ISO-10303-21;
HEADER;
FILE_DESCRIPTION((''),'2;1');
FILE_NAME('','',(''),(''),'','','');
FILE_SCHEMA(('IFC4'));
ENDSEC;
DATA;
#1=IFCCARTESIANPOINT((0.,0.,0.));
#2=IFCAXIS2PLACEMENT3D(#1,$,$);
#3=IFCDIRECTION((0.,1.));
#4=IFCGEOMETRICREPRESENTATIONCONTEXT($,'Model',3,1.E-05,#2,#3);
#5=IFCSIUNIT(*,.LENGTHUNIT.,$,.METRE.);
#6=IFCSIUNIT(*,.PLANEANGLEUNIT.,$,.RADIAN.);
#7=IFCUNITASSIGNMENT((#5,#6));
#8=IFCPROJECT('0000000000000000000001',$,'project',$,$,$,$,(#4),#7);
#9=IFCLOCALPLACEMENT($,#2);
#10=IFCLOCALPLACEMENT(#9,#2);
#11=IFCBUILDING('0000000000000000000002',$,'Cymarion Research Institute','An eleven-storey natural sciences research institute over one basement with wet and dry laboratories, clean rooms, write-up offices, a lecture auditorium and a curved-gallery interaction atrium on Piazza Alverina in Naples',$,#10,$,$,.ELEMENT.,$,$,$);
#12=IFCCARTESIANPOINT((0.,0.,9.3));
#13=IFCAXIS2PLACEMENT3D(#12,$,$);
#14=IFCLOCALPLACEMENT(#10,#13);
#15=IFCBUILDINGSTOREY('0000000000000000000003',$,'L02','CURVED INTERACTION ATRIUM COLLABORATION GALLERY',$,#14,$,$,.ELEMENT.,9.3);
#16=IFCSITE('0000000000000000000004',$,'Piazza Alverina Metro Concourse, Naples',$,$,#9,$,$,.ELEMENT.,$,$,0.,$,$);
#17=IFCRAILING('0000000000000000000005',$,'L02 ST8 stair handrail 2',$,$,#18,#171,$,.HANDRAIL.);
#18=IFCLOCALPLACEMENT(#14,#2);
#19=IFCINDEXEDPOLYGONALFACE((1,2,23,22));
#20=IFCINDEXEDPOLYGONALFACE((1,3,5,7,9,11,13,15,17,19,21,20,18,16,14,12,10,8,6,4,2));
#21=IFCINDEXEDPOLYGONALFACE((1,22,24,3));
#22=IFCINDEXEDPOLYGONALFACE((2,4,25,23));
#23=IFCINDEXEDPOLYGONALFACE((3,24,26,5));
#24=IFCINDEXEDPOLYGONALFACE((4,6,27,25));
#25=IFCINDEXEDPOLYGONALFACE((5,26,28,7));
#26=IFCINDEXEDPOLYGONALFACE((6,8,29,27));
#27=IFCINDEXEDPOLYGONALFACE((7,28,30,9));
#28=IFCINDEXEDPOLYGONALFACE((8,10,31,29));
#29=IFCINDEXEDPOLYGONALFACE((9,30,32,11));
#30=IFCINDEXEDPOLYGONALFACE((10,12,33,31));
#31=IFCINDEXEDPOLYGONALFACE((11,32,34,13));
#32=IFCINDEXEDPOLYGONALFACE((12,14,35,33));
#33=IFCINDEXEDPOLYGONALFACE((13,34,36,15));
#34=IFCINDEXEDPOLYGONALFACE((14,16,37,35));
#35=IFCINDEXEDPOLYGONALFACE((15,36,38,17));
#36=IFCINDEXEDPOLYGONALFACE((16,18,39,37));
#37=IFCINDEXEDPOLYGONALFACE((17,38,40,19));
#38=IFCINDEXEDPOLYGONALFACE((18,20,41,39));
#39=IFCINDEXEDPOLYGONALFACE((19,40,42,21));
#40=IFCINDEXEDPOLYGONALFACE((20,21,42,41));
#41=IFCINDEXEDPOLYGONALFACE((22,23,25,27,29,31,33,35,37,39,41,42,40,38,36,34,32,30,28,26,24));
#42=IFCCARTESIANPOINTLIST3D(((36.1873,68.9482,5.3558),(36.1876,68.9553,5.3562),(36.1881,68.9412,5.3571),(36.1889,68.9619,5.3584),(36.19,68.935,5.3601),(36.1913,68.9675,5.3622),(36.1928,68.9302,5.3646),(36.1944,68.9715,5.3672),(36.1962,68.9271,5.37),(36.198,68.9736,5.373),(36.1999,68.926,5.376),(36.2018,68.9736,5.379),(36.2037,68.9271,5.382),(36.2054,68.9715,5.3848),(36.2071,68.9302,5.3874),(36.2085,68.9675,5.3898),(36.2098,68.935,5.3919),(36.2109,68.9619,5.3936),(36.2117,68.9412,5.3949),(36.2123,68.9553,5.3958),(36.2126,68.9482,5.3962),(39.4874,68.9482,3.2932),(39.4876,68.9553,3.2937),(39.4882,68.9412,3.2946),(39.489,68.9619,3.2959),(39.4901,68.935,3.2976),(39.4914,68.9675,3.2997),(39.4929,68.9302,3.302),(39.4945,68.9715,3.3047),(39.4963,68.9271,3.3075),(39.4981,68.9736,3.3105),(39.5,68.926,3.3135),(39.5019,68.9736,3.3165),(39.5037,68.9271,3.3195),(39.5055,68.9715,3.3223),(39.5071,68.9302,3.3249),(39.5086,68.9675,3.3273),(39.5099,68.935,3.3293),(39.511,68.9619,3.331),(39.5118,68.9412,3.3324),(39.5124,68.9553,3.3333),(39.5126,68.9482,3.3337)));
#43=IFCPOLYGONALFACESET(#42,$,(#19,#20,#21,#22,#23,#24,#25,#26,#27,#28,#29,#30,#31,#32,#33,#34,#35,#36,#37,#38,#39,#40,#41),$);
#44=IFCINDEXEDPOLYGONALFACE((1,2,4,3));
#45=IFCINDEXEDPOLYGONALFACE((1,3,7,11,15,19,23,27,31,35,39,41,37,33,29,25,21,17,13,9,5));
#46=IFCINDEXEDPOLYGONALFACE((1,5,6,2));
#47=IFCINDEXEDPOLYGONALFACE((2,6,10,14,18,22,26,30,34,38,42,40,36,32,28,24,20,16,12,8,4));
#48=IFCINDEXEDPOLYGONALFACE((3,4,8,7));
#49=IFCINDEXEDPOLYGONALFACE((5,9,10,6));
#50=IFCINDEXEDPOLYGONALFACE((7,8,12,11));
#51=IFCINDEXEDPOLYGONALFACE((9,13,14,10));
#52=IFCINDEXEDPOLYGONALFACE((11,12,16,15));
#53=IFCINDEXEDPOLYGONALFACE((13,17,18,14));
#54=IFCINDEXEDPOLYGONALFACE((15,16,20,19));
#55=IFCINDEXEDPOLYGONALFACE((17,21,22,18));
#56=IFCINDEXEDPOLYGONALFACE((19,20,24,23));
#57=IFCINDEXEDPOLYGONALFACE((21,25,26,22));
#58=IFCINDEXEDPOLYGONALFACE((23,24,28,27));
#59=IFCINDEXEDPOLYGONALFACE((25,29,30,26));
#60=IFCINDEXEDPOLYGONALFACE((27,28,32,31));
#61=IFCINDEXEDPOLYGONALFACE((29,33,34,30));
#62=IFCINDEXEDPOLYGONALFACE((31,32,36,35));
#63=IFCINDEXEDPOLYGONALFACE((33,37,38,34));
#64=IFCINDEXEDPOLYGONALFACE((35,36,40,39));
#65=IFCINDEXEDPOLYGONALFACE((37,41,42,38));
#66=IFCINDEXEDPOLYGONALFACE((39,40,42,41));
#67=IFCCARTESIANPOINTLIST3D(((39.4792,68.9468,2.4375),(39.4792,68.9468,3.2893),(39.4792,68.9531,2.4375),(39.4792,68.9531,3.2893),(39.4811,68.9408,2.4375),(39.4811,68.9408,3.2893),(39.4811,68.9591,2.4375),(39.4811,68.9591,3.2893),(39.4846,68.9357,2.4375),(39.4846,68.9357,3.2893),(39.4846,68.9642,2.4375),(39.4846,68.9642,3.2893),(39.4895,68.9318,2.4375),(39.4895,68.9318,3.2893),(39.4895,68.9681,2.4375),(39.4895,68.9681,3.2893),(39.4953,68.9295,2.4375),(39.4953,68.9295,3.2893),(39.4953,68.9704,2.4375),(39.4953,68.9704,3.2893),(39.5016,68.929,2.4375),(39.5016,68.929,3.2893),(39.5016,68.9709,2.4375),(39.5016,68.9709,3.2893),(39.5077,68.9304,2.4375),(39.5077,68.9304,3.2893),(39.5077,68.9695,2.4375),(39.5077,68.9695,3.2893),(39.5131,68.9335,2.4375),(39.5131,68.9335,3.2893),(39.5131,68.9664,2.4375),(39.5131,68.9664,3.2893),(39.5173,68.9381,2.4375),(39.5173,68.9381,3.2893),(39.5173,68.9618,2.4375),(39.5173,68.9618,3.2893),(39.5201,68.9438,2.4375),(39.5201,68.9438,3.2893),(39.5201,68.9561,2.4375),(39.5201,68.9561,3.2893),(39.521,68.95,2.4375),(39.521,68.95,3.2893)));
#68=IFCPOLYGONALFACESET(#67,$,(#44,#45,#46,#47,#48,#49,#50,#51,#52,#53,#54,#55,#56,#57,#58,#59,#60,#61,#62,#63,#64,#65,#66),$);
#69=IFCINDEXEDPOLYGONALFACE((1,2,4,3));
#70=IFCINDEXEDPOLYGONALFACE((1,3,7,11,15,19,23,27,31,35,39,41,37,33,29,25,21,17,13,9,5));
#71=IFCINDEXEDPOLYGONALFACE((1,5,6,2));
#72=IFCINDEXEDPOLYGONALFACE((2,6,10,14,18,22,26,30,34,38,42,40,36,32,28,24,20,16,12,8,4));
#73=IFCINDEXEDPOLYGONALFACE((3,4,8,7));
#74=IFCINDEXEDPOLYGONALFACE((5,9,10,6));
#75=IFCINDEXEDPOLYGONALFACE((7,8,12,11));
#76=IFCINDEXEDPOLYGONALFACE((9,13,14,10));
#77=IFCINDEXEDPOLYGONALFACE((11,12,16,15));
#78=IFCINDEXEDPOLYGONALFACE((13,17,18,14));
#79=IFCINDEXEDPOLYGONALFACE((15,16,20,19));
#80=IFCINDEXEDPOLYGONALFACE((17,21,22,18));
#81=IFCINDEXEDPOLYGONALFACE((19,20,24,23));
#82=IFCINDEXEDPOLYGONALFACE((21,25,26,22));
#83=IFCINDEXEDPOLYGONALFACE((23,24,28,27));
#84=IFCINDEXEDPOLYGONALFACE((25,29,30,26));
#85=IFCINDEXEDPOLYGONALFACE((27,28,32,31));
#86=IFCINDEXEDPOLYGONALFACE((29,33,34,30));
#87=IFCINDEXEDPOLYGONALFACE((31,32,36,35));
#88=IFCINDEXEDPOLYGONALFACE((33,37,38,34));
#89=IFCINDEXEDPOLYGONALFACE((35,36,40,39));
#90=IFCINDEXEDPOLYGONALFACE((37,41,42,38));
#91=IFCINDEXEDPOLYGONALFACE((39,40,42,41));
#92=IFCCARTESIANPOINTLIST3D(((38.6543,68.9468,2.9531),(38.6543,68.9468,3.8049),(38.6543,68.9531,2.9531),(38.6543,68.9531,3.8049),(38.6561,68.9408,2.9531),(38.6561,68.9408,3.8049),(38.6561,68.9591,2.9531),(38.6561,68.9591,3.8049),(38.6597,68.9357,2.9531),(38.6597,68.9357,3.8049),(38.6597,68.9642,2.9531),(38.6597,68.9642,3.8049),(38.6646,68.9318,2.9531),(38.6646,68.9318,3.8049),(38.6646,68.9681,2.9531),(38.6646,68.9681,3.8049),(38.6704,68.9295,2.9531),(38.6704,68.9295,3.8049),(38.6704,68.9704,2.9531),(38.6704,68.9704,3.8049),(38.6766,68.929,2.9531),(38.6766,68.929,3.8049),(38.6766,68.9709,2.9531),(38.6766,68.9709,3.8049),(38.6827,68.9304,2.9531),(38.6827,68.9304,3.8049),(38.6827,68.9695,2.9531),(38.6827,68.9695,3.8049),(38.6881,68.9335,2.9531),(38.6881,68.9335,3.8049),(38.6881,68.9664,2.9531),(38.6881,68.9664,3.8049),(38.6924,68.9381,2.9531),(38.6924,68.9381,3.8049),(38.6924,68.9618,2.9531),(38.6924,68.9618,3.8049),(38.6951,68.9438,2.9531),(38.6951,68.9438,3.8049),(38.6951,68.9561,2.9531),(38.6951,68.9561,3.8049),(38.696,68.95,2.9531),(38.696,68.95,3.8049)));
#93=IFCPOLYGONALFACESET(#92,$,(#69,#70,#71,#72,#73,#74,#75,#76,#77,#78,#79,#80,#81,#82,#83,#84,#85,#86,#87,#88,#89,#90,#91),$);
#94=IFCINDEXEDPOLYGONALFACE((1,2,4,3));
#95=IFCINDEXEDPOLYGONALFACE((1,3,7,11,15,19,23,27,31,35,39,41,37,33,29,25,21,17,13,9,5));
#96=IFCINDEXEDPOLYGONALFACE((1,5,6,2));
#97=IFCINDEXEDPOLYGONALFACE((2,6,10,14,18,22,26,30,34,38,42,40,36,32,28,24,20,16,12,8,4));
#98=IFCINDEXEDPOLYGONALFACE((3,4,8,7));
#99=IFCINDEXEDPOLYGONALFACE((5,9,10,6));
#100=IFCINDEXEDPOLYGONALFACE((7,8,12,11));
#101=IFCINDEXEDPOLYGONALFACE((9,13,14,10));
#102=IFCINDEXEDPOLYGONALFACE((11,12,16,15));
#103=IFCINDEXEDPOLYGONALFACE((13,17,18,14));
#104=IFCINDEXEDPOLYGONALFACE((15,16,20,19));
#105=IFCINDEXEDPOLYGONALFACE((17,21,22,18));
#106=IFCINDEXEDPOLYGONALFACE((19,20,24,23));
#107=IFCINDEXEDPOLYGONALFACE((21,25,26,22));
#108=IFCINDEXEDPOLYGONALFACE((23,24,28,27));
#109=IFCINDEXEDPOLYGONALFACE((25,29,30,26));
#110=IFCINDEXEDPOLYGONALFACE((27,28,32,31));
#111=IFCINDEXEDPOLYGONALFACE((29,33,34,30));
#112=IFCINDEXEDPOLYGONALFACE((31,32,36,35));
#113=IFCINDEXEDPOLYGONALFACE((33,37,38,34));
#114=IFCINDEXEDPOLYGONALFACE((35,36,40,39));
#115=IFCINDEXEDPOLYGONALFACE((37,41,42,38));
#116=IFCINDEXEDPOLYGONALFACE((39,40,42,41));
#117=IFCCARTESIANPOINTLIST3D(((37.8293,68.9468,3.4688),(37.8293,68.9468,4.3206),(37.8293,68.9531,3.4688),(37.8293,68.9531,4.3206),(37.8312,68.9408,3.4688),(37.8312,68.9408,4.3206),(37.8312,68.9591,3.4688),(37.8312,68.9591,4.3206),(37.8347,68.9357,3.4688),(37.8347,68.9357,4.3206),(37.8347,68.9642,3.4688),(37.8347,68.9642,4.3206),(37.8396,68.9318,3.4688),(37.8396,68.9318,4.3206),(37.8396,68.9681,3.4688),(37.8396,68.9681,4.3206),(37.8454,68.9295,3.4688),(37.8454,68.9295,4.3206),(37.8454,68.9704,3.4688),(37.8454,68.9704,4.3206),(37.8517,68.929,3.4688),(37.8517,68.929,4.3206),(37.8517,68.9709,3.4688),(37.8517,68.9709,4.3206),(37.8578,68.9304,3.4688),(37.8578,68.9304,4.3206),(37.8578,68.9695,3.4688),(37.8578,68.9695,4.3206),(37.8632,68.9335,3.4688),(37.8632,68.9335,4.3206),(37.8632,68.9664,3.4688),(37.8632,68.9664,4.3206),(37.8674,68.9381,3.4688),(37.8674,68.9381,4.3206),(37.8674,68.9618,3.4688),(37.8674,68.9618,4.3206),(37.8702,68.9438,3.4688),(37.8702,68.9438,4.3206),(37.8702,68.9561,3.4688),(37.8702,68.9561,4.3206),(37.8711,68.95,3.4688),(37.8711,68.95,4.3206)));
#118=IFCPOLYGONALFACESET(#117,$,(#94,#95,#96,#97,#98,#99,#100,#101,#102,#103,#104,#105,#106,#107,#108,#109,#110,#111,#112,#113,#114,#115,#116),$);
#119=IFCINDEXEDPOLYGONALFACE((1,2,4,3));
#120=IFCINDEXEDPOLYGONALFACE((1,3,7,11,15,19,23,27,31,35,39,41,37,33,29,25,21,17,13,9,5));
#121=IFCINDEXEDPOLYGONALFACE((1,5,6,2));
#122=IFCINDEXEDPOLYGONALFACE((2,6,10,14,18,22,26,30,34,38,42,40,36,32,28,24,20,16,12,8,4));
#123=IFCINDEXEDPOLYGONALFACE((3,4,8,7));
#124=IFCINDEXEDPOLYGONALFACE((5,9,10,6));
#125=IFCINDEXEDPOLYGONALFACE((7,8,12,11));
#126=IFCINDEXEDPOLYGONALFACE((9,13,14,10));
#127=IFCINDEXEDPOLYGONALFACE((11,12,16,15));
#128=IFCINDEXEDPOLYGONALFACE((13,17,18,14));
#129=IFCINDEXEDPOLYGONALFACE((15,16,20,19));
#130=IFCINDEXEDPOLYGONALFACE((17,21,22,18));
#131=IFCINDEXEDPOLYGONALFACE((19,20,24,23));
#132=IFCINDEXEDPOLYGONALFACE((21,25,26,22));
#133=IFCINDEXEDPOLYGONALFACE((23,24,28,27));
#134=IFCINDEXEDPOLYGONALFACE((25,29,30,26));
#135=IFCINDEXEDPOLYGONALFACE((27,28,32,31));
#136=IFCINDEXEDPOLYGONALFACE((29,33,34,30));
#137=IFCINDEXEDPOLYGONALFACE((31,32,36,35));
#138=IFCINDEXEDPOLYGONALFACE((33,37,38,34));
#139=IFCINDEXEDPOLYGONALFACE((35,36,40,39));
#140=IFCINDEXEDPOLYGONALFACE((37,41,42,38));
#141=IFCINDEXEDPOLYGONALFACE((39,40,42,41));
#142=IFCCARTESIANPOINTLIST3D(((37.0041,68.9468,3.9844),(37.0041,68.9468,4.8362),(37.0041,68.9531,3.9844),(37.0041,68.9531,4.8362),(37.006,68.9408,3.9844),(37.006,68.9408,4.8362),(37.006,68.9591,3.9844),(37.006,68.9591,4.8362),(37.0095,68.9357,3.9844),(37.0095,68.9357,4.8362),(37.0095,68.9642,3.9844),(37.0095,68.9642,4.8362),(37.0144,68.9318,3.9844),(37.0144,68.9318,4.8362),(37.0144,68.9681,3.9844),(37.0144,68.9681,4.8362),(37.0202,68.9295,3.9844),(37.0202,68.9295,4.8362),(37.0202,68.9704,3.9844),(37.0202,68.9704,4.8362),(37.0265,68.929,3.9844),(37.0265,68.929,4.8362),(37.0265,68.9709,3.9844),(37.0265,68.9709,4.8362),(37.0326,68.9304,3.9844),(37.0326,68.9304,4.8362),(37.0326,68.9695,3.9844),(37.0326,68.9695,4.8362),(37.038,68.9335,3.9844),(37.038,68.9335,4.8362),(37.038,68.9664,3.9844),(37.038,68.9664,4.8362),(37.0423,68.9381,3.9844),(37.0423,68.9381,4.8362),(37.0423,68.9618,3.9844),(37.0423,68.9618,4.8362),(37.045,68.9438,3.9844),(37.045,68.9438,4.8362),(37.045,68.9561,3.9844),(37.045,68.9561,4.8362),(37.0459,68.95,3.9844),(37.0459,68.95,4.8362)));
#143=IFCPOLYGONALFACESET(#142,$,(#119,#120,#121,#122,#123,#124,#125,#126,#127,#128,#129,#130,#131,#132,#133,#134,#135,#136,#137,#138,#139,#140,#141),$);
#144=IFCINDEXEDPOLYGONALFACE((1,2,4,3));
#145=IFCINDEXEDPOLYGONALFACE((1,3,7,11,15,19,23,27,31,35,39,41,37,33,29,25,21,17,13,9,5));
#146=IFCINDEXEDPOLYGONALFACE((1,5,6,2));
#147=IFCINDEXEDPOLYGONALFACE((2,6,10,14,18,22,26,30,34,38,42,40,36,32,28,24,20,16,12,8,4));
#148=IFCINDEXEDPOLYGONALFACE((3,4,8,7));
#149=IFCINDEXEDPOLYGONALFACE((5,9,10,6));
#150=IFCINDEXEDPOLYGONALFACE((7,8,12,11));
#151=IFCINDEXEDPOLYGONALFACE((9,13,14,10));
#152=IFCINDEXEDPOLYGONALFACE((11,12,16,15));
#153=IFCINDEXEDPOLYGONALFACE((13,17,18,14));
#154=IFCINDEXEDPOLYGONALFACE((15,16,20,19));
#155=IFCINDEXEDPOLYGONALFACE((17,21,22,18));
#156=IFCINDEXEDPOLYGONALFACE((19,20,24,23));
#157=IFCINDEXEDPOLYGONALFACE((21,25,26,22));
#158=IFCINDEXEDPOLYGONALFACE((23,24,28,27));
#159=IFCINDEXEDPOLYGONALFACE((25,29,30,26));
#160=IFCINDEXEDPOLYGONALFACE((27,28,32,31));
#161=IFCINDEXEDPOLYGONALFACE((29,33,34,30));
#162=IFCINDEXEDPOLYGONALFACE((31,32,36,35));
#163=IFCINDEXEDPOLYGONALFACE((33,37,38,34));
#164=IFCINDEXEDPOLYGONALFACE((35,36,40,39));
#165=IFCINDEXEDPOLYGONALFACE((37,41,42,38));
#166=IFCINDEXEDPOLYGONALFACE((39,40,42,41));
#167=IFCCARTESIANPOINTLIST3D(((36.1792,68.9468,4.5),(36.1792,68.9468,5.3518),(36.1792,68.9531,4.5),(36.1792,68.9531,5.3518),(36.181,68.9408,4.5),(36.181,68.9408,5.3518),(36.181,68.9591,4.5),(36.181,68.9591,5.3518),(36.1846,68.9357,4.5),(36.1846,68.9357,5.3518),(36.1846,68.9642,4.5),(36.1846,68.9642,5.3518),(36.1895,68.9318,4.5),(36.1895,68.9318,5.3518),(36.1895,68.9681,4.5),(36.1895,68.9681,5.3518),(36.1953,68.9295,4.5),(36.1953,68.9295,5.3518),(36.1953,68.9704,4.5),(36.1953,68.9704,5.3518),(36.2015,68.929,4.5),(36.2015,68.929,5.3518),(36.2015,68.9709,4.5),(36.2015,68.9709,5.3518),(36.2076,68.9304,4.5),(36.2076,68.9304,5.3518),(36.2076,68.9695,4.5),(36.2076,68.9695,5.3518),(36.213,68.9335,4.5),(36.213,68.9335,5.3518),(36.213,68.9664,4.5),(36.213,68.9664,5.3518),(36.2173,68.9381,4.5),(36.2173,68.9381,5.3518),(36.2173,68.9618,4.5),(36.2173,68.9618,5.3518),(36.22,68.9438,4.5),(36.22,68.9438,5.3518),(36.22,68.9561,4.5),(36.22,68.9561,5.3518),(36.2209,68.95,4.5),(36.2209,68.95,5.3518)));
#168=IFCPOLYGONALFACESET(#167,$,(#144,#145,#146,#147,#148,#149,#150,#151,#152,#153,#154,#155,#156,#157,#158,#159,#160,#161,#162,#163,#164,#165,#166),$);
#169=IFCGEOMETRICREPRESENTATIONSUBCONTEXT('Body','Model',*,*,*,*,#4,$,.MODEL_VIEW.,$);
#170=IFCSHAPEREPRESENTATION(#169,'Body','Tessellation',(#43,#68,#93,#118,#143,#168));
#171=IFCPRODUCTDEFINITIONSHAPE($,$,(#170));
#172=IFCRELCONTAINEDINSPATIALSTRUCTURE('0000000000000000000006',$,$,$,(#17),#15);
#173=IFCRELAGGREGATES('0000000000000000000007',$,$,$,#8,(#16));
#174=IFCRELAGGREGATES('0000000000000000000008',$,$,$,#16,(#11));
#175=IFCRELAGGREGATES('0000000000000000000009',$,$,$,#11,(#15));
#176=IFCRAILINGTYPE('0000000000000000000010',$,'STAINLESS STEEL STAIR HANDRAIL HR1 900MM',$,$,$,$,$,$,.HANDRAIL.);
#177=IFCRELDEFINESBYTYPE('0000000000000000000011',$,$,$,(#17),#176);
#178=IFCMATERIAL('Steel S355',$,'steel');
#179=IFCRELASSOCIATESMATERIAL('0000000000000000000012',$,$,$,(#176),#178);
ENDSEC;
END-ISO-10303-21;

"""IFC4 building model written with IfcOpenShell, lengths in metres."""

from ifc_helpers import new_model, si_unit, direction, frame, origin, origin_2d, place, context, subcontext, project, spatial, circle, extrude, material, type_object, element, save


model = new_model("IFC4")

# Units and contexts
model_context = context("Model", 3, precision=1e-05, world=origin(), true_north=direction((0.0, 1.0)))
body_context = subcontext(model_context, "Body", "Model", "MODEL_VIEW")
ifc_project = project(units=[si_unit("LENGTHUNIT", "METRE"), si_unit("PLANEANGLEUNIT", "RADIAN")], contexts=[model_context])

# Site, building, storey
site_placement = place(None, origin())
site = spatial("IfcSite", under=ifc_project, at=site_placement, Name="Piazza Alverina Metro Concourse, Naples", CompositionType="ELEMENT", RefElevation=0.0)
building_placement = place(site_placement, origin())
building = spatial("IfcBuilding", under=site, at=building_placement, Name="Cymarion Research Institute", Description="An eleven-storey natural sciences research institute over one basement with wet and dry laboratories, clean rooms, write-up offices, a lecture auditorium and a curved-gallery interaction atrium on Piazza Alverina in Naples", CompositionType="ELEMENT")
storey_placement = place(building_placement, frame((0.0, 0.0, 9.3)))
storey = spatial("IfcBuildingStorey", under=building, at=storey_placement, Name="L02", Description="CURVED INTERACTION ATRIUM COLLABORATION GALLERY", CompositionType="ELEMENT", Elevation=9.3)

# Shared definitions
ifc_material_1 = material(Name="Steel S355", Category="steel")

# Railing
railing_type_1 = type_object("IfcRailingType", Name="STAINLESS STEEL STAIR HANDRAIL HR1 900MM", PredefinedType="HANDRAIL", material=ifc_material_1)
railing_1_placement = place(storey_placement, frame((39.5, 68.95, 2.4375)))
element("IfcRailing", 1, at=railing_1_placement, inside=storey, type_object=railing_type_1, Name="L02 ST8 stair handrail 2", PredefinedType="HANDRAIL", context=body_context, shape_type="SweptSolid", body=[
    extrude(circle(Radius=0.0239, at=origin_2d()), frame((0.0, 0.0, 0.876), z_axis=(-0.848002, 0.0, 0.529993), x_axis=(0.0, -1.0, 0.0)), (0.0, 0.0, 1.0), 3.8916),
    extrude(circle(Radius=0.021, at=origin_2d()), origin(), (0.0, 0.0, 1.0), 0.8518),
    extrude(circle(Radius=0.021, at=origin_2d()), frame((-0.825, 0.0, 0.5156)), (0.0, 0.0, 1.0), 0.8518),
    extrude(circle(Radius=0.021, at=origin_2d()), frame((-1.6499, 0.0, 1.0312)), (0.0, 0.0, 1.0), 0.8518),
    extrude(circle(Radius=0.021, at=origin_2d()), frame((-2.4751, 0.0, 1.5469)), (0.0, 0.0, 1.0), 0.8518),
    extrude(circle(Radius=0.021, at=origin_2d()), frame((-3.3, 0.0, 2.0625)), (0.0, 0.0, 1.0), 0.8518),
])

save(model, "model.ifc")
